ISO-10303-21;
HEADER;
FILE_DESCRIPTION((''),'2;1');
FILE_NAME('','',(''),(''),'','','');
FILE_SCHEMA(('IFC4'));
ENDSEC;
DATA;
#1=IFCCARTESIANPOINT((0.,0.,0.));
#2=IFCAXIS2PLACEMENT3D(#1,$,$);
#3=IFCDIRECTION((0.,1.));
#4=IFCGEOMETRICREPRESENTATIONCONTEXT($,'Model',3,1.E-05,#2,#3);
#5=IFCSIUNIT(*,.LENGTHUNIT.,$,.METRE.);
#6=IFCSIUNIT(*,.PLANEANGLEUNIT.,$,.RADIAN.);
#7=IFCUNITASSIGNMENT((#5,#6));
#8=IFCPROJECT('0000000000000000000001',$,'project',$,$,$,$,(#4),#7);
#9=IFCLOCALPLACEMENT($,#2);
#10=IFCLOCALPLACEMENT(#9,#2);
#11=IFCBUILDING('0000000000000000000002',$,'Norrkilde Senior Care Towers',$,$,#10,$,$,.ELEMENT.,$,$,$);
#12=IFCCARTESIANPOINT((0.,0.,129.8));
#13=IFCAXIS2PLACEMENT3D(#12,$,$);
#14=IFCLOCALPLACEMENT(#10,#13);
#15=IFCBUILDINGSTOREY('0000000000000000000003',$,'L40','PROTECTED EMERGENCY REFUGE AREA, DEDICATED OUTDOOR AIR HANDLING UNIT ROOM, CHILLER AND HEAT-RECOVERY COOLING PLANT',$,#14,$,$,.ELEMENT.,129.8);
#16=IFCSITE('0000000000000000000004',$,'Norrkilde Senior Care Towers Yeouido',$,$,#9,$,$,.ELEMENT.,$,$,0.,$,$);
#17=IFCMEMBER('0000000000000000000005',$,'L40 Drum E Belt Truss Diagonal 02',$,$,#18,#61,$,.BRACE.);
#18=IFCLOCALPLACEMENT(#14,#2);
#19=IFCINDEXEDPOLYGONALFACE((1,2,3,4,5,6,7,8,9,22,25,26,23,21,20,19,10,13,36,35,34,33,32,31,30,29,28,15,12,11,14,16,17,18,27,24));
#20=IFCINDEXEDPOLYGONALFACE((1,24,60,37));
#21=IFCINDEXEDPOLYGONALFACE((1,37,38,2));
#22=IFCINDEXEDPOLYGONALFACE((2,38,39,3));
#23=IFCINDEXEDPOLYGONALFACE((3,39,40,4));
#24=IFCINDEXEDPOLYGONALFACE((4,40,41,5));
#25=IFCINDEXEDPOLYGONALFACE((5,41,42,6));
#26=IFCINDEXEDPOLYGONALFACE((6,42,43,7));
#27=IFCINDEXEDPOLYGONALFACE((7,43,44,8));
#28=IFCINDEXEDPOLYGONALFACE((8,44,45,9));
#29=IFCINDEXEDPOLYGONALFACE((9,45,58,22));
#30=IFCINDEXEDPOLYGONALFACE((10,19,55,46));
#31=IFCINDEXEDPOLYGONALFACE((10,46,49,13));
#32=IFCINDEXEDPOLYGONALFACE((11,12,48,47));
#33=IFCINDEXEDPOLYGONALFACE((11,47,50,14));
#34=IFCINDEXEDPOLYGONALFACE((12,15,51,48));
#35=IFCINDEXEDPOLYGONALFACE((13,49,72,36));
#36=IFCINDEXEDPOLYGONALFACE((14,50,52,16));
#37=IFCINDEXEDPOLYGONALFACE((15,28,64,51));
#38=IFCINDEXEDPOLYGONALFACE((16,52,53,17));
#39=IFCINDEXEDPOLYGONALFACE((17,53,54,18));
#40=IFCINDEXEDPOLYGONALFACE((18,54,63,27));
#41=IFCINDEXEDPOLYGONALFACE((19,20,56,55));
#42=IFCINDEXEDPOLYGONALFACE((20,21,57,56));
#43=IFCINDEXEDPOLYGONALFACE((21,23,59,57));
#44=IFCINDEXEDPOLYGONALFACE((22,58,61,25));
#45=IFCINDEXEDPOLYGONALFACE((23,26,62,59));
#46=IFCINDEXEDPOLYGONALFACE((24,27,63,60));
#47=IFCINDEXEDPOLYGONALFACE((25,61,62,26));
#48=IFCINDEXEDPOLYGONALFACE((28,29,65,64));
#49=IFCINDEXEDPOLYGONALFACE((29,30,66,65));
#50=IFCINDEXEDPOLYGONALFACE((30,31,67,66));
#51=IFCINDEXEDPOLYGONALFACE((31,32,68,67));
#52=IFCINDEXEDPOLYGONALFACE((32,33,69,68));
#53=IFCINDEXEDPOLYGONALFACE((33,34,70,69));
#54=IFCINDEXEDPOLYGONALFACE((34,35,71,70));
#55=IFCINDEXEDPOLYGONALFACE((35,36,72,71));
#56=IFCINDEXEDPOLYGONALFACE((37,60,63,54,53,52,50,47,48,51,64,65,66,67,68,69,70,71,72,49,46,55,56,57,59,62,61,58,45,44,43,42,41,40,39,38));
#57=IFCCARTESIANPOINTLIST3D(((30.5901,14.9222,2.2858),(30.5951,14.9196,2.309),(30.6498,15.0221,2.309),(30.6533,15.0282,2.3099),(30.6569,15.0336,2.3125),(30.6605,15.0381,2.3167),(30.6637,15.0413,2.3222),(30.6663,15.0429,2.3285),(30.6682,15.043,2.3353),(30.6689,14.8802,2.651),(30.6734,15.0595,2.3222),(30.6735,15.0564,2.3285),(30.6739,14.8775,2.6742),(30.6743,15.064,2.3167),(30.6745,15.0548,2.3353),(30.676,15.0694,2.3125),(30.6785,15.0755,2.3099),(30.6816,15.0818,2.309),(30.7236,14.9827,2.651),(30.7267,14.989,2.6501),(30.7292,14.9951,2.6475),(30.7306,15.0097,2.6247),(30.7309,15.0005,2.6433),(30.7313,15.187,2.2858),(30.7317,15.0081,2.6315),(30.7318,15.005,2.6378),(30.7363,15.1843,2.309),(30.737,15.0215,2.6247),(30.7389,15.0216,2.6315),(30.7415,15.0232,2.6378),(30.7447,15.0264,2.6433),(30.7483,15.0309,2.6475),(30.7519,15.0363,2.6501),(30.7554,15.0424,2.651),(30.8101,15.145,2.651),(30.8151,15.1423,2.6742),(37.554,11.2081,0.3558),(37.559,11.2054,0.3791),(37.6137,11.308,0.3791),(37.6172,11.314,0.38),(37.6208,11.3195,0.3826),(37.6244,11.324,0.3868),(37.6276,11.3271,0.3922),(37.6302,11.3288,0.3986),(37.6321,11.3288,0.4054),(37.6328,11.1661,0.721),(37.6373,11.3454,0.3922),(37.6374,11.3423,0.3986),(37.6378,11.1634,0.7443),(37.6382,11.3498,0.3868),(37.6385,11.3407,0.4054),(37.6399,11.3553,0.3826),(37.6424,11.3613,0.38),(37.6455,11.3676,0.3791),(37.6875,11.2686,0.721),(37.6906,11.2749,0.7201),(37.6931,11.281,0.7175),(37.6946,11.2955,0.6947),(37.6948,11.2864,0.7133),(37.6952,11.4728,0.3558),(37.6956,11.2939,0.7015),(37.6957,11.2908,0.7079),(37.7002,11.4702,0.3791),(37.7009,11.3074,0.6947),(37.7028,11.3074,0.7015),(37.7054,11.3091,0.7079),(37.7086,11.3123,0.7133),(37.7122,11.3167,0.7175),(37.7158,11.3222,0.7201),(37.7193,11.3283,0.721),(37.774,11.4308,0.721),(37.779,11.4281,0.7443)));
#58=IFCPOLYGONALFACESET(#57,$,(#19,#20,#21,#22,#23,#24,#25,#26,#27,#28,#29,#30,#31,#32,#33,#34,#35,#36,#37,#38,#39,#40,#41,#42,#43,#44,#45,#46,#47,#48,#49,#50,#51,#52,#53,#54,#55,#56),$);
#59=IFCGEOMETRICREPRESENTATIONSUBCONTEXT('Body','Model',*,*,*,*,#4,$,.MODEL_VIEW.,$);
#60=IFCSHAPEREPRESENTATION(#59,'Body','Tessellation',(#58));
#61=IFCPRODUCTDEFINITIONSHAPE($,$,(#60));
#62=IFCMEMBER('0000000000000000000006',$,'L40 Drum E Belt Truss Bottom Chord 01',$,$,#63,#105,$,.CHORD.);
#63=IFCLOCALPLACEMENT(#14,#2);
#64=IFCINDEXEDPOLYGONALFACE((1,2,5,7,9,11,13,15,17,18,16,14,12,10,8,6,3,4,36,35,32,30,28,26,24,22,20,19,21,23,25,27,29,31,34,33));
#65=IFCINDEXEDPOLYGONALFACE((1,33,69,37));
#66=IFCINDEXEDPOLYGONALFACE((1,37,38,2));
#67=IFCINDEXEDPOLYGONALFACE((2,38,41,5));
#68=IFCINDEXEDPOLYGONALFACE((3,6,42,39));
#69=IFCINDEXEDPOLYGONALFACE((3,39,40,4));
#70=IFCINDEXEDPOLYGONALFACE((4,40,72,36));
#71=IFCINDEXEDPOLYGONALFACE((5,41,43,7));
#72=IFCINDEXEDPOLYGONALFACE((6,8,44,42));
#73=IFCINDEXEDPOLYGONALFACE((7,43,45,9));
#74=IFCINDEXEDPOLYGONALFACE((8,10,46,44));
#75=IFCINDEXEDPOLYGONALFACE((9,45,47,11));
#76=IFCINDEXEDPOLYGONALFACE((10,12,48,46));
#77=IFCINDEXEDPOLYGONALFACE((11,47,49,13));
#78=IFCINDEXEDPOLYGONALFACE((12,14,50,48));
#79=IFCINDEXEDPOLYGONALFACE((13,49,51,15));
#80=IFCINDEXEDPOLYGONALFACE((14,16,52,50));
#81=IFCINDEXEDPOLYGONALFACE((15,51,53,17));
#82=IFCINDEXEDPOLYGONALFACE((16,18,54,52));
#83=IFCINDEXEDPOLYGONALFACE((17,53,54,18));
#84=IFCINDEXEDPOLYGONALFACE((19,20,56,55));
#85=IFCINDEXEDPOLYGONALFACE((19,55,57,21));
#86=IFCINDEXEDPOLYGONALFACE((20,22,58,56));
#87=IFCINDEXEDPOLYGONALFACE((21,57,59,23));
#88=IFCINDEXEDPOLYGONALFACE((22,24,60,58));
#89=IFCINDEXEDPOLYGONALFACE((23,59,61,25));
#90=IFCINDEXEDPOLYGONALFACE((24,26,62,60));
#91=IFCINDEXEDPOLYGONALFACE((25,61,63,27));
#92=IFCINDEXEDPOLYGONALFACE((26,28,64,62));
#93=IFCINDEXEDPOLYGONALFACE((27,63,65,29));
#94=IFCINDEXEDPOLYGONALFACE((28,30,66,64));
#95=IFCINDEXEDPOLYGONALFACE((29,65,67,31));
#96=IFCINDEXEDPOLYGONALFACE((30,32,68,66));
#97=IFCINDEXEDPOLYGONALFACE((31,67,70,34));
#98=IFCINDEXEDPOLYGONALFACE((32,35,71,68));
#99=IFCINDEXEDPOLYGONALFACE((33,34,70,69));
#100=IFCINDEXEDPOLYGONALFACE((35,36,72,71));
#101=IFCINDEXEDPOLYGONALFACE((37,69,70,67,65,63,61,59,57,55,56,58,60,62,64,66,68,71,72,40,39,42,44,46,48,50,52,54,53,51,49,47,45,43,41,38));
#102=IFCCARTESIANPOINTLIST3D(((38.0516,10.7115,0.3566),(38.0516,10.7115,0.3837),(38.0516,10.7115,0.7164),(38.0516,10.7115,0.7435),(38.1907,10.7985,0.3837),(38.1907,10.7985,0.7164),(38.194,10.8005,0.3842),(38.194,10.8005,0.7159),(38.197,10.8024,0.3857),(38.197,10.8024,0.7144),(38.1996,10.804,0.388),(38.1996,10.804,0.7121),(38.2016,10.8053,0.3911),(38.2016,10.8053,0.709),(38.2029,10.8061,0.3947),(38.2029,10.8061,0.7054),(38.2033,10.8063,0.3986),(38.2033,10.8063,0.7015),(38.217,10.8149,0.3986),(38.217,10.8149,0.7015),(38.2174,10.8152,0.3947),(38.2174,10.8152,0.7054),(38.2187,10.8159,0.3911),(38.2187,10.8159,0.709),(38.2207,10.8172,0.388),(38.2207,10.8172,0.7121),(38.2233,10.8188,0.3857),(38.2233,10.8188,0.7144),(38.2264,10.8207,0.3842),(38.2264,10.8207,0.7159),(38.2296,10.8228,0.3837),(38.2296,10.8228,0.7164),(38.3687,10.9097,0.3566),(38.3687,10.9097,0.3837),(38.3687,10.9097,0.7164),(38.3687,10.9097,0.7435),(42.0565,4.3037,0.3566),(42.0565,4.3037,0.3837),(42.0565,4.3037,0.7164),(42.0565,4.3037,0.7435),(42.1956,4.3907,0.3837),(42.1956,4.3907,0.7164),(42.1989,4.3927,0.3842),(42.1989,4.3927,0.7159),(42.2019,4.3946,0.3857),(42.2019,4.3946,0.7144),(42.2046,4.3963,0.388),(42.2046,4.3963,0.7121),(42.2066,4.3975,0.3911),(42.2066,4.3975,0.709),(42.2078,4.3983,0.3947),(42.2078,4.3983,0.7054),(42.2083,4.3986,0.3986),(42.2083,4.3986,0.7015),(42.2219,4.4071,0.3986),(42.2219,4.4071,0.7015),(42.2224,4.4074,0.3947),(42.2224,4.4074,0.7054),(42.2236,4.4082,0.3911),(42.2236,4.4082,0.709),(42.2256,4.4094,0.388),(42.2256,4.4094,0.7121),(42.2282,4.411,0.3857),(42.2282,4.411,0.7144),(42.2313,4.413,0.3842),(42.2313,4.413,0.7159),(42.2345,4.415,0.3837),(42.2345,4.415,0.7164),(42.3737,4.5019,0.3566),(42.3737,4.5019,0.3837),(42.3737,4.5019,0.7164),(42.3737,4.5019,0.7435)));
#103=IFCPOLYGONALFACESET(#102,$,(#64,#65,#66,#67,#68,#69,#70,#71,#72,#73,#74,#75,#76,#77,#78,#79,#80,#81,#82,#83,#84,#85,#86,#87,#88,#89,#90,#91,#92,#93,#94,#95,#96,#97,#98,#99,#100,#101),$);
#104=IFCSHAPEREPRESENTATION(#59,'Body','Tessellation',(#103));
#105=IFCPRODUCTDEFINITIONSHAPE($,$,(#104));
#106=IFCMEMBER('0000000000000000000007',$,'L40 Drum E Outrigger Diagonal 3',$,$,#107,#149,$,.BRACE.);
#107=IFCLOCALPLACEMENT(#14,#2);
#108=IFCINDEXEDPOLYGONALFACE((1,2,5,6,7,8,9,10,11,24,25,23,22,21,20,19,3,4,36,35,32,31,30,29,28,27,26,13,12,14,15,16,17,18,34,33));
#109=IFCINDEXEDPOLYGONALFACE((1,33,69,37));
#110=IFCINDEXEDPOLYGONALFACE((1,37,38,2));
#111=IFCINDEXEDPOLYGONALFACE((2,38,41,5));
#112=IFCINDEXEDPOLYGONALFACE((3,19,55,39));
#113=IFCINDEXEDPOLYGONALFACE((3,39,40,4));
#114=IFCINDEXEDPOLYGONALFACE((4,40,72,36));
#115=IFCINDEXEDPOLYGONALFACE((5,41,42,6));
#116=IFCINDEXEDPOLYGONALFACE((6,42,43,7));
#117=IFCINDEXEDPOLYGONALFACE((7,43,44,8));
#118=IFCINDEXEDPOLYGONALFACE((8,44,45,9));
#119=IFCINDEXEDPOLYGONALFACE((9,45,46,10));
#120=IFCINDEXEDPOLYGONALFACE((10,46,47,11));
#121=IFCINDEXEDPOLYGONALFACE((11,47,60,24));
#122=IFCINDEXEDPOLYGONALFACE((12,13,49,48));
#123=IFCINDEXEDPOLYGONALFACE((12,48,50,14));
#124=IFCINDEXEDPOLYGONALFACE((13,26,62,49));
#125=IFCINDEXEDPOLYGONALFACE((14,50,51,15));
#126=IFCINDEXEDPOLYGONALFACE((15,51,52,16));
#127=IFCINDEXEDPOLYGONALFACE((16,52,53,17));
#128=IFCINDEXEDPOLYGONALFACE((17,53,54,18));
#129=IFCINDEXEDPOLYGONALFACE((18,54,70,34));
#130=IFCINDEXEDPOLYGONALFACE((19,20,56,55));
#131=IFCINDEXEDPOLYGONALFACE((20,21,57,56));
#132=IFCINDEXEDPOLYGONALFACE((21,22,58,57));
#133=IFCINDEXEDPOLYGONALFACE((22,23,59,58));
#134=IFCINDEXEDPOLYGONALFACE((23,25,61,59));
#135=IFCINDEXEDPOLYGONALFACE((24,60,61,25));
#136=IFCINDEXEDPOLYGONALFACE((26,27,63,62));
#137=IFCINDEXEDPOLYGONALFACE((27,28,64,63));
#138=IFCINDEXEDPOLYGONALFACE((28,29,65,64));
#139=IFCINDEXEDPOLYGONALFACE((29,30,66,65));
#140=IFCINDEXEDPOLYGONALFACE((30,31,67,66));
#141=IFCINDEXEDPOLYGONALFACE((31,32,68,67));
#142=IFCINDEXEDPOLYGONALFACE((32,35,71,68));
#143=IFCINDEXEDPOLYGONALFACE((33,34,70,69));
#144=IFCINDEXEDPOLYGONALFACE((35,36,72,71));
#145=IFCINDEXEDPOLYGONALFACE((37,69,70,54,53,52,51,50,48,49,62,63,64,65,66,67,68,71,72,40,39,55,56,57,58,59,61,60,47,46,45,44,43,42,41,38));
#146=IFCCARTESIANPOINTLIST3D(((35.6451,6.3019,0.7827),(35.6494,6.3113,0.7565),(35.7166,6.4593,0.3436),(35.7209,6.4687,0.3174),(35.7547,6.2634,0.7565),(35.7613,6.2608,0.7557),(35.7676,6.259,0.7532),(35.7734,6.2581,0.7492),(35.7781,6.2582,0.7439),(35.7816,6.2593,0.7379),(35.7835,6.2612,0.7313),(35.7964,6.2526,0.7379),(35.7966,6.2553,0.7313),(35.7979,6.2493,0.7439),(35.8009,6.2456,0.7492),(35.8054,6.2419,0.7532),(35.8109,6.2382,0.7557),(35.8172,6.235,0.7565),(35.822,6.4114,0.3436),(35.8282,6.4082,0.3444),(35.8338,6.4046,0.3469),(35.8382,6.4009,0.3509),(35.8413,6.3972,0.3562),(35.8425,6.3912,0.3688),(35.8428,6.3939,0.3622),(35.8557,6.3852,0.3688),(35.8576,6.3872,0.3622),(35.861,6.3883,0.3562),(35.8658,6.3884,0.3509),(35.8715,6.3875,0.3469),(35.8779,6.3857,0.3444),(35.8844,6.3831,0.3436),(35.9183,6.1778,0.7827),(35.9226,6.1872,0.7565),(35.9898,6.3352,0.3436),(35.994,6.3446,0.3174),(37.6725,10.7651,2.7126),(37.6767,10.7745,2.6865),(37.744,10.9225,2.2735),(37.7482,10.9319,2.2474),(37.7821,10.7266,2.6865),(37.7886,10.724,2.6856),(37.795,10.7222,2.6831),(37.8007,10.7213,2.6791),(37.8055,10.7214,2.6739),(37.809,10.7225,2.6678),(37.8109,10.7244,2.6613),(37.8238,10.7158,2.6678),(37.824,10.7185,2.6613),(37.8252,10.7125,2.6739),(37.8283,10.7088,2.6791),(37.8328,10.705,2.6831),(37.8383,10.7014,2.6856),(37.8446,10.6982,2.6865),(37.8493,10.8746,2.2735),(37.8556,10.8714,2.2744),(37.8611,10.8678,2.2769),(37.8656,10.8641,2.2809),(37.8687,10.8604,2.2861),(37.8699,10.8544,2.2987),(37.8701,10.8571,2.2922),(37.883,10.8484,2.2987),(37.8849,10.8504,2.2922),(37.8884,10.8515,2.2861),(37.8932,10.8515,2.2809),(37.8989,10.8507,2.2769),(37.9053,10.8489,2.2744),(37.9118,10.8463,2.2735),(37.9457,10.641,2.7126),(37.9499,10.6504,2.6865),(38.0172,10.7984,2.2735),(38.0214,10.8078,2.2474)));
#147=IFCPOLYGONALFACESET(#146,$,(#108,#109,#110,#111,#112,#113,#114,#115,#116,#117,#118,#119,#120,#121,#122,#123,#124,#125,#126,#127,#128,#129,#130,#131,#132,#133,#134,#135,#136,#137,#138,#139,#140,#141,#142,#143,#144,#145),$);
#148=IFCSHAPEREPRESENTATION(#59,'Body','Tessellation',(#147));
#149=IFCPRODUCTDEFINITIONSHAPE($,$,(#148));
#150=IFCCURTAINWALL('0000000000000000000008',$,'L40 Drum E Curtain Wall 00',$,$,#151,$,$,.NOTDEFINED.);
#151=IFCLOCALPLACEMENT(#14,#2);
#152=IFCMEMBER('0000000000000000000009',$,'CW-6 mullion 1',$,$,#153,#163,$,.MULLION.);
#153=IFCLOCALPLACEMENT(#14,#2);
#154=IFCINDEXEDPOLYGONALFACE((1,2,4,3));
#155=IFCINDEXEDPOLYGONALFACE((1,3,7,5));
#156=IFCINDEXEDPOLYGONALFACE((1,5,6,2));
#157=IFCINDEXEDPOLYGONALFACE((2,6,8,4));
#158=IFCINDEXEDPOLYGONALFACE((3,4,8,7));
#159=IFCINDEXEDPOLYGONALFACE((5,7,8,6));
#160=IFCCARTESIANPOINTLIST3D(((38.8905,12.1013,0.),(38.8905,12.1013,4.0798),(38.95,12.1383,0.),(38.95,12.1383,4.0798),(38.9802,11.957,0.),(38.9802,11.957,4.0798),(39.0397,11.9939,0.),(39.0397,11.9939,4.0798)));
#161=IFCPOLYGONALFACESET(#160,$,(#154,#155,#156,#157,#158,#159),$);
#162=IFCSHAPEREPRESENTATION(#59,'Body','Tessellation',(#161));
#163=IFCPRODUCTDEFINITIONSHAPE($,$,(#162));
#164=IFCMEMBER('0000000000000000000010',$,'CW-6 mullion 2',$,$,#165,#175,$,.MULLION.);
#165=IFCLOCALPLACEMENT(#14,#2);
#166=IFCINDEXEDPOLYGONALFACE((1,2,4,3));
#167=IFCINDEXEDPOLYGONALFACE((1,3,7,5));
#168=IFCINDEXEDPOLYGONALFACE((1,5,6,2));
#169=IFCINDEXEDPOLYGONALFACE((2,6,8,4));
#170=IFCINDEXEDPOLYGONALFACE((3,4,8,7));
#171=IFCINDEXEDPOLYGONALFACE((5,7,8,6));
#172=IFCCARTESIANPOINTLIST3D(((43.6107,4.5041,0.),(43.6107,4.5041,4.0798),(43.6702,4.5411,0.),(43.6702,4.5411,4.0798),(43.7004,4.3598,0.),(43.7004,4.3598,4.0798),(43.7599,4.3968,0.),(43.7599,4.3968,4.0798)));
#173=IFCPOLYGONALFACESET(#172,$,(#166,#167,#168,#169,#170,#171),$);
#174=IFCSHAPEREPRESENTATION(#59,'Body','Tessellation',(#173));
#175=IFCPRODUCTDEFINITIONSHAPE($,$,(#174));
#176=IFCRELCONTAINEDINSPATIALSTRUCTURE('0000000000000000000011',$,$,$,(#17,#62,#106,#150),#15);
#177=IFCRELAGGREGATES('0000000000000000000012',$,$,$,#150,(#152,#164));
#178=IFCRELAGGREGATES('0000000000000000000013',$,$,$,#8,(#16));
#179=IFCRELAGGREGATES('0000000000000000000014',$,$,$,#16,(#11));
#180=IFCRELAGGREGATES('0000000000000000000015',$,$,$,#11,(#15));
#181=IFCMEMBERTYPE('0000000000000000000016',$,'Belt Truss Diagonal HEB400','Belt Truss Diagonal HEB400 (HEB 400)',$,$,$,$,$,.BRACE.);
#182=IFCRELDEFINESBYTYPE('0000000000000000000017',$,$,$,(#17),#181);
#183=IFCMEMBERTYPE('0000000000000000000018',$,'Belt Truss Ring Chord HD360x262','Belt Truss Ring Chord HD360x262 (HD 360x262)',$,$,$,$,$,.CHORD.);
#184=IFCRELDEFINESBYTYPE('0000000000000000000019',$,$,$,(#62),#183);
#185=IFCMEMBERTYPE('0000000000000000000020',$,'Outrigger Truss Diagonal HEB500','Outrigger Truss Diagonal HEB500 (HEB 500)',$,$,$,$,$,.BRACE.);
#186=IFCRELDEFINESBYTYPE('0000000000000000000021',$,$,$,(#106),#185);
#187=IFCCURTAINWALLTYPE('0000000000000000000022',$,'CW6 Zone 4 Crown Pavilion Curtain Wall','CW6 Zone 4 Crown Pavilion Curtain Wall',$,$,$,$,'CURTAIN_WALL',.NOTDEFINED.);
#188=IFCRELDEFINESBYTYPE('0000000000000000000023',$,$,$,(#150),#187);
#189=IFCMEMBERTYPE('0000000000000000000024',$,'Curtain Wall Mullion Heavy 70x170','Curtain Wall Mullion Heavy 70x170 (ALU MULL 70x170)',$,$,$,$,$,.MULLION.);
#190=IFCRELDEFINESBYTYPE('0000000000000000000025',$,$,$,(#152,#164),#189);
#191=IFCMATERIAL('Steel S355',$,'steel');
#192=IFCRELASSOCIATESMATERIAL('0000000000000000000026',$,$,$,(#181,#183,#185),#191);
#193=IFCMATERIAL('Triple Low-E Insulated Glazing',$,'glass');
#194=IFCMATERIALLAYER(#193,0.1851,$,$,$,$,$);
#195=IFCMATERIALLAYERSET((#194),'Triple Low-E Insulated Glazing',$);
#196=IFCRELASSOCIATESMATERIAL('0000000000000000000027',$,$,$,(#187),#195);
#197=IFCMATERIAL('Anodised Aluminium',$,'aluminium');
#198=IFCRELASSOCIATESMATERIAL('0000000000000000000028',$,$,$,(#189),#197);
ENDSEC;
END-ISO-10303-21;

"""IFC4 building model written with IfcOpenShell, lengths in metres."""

from ifc_helpers import new_model, si_unit, direction, frame, origin, origin_2d, place, context, subcontext, project, spatial, rectangle, i_section, extrude, source, transform, mapped, material, layer, layer_set, material_profile, profile_set, type_object, type_shapes, element, aggregate, save


model = new_model("IFC4")

# Units and contexts
model_context = context("Model", 3, precision=1e-05, world=origin(), true_north=direction((0.0, 1.0)))
body_context = subcontext(model_context, "Body", "Model", "MODEL_VIEW")
ifc_project = project(units=[si_unit("LENGTHUNIT", "METRE"), si_unit("PLANEANGLEUNIT", "RADIAN")], contexts=[model_context])

# Site, building, storey
site_placement = place(None, origin())
site = spatial("IfcSite", under=ifc_project, at=site_placement, Name="Norrkilde Senior Care Towers Yeouido", CompositionType="ELEMENT", RefElevation=0.0)
building_placement = place(site_placement, origin())
building = spatial("IfcBuilding", under=site, at=building_placement, Name="Norrkilde Senior Care Towers", CompositionType="ELEMENT")
storey_placement = place(building_placement, frame((0.0, 0.0, 129.8)))
storey = spatial("IfcBuildingStorey", under=building, at=storey_placement, Name="L40", Description="PROTECTED EMERGENCY REFUGE AREA, DEDICATED OUTDOOR AIR HANDLING UNIT ROOM, CHILLER AND HEAT-RECOVERY COOLING PLANT", CompositionType="ELEMENT", Elevation=129.8)

# Shared definitions
ifc_material_1 = material(Name="Steel S355", Category="steel")

# Members
ifc_material_profile_1 = material_profile(ifc_material_1, i_section(OverallWidth=0.3, OverallDepth=0.3999, WebThickness=0.0134, FlangeThickness=0.0239, FilletRadius=0.0271, at=origin_2d()), Name="HEB 400")
ifc_profile_set_1 = profile_set([ifc_material_profile_1], Name="Steel S355")
member_type_1 = type_object("IfcMemberType", Name="Belt Truss Diagonal HEB400", Description="Belt Truss Diagonal HEB400 (HEB 400)", PredefinedType="BRACE", material=ifc_profile_set_1)
ifc_material_profile_2 = material_profile(ifc_material_1, i_section(OverallWidth=0.374, OverallDepth=0.387, WebThickness=0.0161, FlangeThickness=0.0271, FilletRadius=0.0149, at=origin_2d()), Name="HD 360x262")
ifc_profile_set_2 = profile_set([ifc_material_profile_2], Name="Steel S355")
member_type_2 = type_object("IfcMemberType", Name="Belt Truss Ring Chord HD360x262", Description="Belt Truss Ring Chord HD360x262 (HD 360x262)", PredefinedType="CHORD", material=ifc_profile_set_2)
shared_shape_1 = source(origin(), body_context, "Body", "SweptSolid", [
    extrude(i_section(OverallWidth=0.3, OverallDepth=0.3999, WebThickness=0.0134, FlangeThickness=0.0239, FilletRadius=0.0271, at=origin_2d()), origin(), (0.0, 0.0, 1.0), 8.125),
])
member_1_placement = place(storey_placement, frame((37.6665, 11.3181, 0.55), z_axis=(-0.857097, 0.457125, 0.237532), x_axis=(-0.470593, -0.88235, 0.0)))
element("IfcMember", 1, at=member_1_placement, inside=storey, type_object=member_type_1, Name="L40 Drum E Belt Truss Diagonal 02", PredefinedType="BRACE", context=body_context, shape_type="MappedRepresentation", body=[
    mapped(shared_shape_1, transform((0.0, 0.0, 0.0), x_axis=(1.0, 0.0, 0.0), y_axis=(0.0, 1.0, 0.0), z_axis=(0.0, 0.0, 1.0), scale=1.0)),
])
shared_shape_2 = source(origin(), body_context, "Body", "SweptSolid", [
    extrude(i_section(OverallWidth=0.374, OverallDepth=0.387, WebThickness=0.0161, FlangeThickness=0.0271, FilletRadius=0.0149, at=origin_2d()), origin(), (0.0, 0.0, 1.0), 7.5564),
])
member_2_placement = place(storey_placement, frame((42.2151, 4.4028, 0.55), z_axis=(-0.530005, 0.847995, 0.0), x_axis=(-0.847995, -0.530005, 0.0)))
element("IfcMember", 2, at=member_2_placement, inside=storey, type_object=member_type_2, Name="L40 Drum E Belt Truss Bottom Chord 01", PredefinedType="CHORD", context=body_context, shape_type="MappedRepresentation", body=[
    mapped(shared_shape_2, transform((0.0, 0.0, 0.0), x_axis=(1.0, 0.0, 0.0), y_axis=(0.0, 1.0, 0.0), z_axis=(0.0, 0.0, 1.0), scale=1.0)),
])
ifc_material_profile_3 = material_profile(ifc_material_1, i_section(OverallWidth=0.3, OverallDepth=0.5, WebThickness=0.0144, FlangeThickness=0.0281, FilletRadius=0.0271, at=origin_2d()), Name="HEB 500")
ifc_profile_set_3 = profile_set([ifc_material_profile_3], Name="Steel S355")
member_type_3 = type_object("IfcMemberType", Name="Outrigger Truss Diagonal HEB500", Description="Outrigger Truss Diagonal HEB500 (HEB 500)", PredefinedType="BRACE", material=ifc_profile_set_3)
shared_shape_3 = source(origin(), body_context, "Body", "SweptSolid", [
    extrude(i_section(OverallWidth=0.3, OverallDepth=0.5, WebThickness=0.0144, FlangeThickness=0.0281, FilletRadius=0.0271, at=origin_2d()), origin(), (0.0, 0.0, 1.0), 5.2683),
])
type_shapes(member_type_3, [shared_shape_3])
member_3_placement = place(storey_placement, frame((35.8196, 6.3232, 0.55), z_axis=(0.384824, 0.847178, 0.366333), x_axis=(-0.91047, 0.413574, 0.0)))
element("IfcMember", 3, at=member_3_placement, inside=storey, type_object=member_type_3, Name="L40 Drum E Outrigger Diagonal 3", PredefinedType="BRACE", context=body_context, shape_type="MappedRepresentation", body=[
    mapped(shared_shape_3, transform((0.0, 0.0, 0.0), x_axis=(1.0, 0.0, 0.0), y_axis=(0.0, 1.0, 0.0), z_axis=(0.0, 0.0, 1.0), scale=1.0)),
])

# Curtain wall, members
ifc_material_2 = material(Name="Triple Low-E Insulated Glazing", Category="glass")
ifc_layer_1 = layer(ifc_material_2, 0.1851)
ifc_layer_set_1 = layer_set([ifc_layer_1], Name="Triple Low-E Insulated Glazing")
curtain_wall_type = type_object("IfcCurtainWallType", Name="CW6 Zone 4 Crown Pavilion Curtain Wall", Description="CW6 Zone 4 Crown Pavilion Curtain Wall", ElementType="CURTAIN_WALL", PredefinedType="NOTDEFINED", material=ifc_layer_set_1)
curtain_wall_1_placement = place(storey_placement, origin())
curtain_wall_1 = element("IfcCurtainWall", 4, at=curtain_wall_1_placement, inside=storey, type_object=curtain_wall_type, Name="L40 Drum E Curtain Wall 00", PredefinedType="NOTDEFINED")
ifc_material_3 = material(Name="Anodised Aluminium", Category="aluminium")
ifc_material_profile_4 = material_profile(ifc_material_3, rectangle(XDim=0.0701, YDim=0.1699, at=origin_2d()), Name="ALU MULL 70x170")
ifc_profile_set_4 = profile_set([ifc_material_profile_4], Name="Anodised Aluminium")
member_type_4 = type_object("IfcMemberType", Name="Curtain Wall Mullion Heavy 70x170", Description="Curtain Wall Mullion Heavy 70x170 (ALU MULL 70x170)", PredefinedType="MULLION", material=ifc_profile_set_4)
shared_shape_4 = source(origin(), body_context, "Body", "SweptSolid", [
    extrude(rectangle(XDim=0.0701, YDim=0.1699, at=origin_2d()), origin(), (0.0, 0.0, 1.0), 4.0798),
])
type_shapes(member_type_4, [shared_shape_4])
member_4_placement = place(storey_placement, frame((38.9651, 12.0476, 0.0), z_axis=(0.0, 0.0, 1.0), x_axis=(0.84941, 0.527733, 0.0)))
member_4 = element("IfcMember", 5, at=member_4_placement, type_object=member_type_4, Name="CW-6 mullion 1", PredefinedType="MULLION", context=body_context, shape_type="MappedRepresentation", body=[
    mapped(shared_shape_4, transform((0.0, 0.0, 0.0), x_axis=(1.0, 0.0, 0.0), y_axis=(0.0, 1.0, 0.0), z_axis=(0.0, 0.0, 1.0), scale=1.0)),
])
member_5_placement = place(storey_placement, frame((43.6853, 4.4504, 0.0), z_axis=(0.0, 0.0, 1.0), x_axis=(0.84941, 0.527733, 0.0)))
member_5 = element("IfcMember", 6, at=member_5_placement, type_object=member_type_4, Name="CW-6 mullion 2", PredefinedType="MULLION", context=body_context, shape_type="MappedRepresentation", body=[
    mapped(shared_shape_4, transform((0.0, 0.0, 0.0), x_axis=(1.0, 0.0, 0.0), y_axis=(0.0, 1.0, 0.0), z_axis=(0.0, 0.0, 1.0), scale=1.0)),
])

aggregate(curtain_wall_1, [member_4, member_5])

save(model, "model.ifc")
